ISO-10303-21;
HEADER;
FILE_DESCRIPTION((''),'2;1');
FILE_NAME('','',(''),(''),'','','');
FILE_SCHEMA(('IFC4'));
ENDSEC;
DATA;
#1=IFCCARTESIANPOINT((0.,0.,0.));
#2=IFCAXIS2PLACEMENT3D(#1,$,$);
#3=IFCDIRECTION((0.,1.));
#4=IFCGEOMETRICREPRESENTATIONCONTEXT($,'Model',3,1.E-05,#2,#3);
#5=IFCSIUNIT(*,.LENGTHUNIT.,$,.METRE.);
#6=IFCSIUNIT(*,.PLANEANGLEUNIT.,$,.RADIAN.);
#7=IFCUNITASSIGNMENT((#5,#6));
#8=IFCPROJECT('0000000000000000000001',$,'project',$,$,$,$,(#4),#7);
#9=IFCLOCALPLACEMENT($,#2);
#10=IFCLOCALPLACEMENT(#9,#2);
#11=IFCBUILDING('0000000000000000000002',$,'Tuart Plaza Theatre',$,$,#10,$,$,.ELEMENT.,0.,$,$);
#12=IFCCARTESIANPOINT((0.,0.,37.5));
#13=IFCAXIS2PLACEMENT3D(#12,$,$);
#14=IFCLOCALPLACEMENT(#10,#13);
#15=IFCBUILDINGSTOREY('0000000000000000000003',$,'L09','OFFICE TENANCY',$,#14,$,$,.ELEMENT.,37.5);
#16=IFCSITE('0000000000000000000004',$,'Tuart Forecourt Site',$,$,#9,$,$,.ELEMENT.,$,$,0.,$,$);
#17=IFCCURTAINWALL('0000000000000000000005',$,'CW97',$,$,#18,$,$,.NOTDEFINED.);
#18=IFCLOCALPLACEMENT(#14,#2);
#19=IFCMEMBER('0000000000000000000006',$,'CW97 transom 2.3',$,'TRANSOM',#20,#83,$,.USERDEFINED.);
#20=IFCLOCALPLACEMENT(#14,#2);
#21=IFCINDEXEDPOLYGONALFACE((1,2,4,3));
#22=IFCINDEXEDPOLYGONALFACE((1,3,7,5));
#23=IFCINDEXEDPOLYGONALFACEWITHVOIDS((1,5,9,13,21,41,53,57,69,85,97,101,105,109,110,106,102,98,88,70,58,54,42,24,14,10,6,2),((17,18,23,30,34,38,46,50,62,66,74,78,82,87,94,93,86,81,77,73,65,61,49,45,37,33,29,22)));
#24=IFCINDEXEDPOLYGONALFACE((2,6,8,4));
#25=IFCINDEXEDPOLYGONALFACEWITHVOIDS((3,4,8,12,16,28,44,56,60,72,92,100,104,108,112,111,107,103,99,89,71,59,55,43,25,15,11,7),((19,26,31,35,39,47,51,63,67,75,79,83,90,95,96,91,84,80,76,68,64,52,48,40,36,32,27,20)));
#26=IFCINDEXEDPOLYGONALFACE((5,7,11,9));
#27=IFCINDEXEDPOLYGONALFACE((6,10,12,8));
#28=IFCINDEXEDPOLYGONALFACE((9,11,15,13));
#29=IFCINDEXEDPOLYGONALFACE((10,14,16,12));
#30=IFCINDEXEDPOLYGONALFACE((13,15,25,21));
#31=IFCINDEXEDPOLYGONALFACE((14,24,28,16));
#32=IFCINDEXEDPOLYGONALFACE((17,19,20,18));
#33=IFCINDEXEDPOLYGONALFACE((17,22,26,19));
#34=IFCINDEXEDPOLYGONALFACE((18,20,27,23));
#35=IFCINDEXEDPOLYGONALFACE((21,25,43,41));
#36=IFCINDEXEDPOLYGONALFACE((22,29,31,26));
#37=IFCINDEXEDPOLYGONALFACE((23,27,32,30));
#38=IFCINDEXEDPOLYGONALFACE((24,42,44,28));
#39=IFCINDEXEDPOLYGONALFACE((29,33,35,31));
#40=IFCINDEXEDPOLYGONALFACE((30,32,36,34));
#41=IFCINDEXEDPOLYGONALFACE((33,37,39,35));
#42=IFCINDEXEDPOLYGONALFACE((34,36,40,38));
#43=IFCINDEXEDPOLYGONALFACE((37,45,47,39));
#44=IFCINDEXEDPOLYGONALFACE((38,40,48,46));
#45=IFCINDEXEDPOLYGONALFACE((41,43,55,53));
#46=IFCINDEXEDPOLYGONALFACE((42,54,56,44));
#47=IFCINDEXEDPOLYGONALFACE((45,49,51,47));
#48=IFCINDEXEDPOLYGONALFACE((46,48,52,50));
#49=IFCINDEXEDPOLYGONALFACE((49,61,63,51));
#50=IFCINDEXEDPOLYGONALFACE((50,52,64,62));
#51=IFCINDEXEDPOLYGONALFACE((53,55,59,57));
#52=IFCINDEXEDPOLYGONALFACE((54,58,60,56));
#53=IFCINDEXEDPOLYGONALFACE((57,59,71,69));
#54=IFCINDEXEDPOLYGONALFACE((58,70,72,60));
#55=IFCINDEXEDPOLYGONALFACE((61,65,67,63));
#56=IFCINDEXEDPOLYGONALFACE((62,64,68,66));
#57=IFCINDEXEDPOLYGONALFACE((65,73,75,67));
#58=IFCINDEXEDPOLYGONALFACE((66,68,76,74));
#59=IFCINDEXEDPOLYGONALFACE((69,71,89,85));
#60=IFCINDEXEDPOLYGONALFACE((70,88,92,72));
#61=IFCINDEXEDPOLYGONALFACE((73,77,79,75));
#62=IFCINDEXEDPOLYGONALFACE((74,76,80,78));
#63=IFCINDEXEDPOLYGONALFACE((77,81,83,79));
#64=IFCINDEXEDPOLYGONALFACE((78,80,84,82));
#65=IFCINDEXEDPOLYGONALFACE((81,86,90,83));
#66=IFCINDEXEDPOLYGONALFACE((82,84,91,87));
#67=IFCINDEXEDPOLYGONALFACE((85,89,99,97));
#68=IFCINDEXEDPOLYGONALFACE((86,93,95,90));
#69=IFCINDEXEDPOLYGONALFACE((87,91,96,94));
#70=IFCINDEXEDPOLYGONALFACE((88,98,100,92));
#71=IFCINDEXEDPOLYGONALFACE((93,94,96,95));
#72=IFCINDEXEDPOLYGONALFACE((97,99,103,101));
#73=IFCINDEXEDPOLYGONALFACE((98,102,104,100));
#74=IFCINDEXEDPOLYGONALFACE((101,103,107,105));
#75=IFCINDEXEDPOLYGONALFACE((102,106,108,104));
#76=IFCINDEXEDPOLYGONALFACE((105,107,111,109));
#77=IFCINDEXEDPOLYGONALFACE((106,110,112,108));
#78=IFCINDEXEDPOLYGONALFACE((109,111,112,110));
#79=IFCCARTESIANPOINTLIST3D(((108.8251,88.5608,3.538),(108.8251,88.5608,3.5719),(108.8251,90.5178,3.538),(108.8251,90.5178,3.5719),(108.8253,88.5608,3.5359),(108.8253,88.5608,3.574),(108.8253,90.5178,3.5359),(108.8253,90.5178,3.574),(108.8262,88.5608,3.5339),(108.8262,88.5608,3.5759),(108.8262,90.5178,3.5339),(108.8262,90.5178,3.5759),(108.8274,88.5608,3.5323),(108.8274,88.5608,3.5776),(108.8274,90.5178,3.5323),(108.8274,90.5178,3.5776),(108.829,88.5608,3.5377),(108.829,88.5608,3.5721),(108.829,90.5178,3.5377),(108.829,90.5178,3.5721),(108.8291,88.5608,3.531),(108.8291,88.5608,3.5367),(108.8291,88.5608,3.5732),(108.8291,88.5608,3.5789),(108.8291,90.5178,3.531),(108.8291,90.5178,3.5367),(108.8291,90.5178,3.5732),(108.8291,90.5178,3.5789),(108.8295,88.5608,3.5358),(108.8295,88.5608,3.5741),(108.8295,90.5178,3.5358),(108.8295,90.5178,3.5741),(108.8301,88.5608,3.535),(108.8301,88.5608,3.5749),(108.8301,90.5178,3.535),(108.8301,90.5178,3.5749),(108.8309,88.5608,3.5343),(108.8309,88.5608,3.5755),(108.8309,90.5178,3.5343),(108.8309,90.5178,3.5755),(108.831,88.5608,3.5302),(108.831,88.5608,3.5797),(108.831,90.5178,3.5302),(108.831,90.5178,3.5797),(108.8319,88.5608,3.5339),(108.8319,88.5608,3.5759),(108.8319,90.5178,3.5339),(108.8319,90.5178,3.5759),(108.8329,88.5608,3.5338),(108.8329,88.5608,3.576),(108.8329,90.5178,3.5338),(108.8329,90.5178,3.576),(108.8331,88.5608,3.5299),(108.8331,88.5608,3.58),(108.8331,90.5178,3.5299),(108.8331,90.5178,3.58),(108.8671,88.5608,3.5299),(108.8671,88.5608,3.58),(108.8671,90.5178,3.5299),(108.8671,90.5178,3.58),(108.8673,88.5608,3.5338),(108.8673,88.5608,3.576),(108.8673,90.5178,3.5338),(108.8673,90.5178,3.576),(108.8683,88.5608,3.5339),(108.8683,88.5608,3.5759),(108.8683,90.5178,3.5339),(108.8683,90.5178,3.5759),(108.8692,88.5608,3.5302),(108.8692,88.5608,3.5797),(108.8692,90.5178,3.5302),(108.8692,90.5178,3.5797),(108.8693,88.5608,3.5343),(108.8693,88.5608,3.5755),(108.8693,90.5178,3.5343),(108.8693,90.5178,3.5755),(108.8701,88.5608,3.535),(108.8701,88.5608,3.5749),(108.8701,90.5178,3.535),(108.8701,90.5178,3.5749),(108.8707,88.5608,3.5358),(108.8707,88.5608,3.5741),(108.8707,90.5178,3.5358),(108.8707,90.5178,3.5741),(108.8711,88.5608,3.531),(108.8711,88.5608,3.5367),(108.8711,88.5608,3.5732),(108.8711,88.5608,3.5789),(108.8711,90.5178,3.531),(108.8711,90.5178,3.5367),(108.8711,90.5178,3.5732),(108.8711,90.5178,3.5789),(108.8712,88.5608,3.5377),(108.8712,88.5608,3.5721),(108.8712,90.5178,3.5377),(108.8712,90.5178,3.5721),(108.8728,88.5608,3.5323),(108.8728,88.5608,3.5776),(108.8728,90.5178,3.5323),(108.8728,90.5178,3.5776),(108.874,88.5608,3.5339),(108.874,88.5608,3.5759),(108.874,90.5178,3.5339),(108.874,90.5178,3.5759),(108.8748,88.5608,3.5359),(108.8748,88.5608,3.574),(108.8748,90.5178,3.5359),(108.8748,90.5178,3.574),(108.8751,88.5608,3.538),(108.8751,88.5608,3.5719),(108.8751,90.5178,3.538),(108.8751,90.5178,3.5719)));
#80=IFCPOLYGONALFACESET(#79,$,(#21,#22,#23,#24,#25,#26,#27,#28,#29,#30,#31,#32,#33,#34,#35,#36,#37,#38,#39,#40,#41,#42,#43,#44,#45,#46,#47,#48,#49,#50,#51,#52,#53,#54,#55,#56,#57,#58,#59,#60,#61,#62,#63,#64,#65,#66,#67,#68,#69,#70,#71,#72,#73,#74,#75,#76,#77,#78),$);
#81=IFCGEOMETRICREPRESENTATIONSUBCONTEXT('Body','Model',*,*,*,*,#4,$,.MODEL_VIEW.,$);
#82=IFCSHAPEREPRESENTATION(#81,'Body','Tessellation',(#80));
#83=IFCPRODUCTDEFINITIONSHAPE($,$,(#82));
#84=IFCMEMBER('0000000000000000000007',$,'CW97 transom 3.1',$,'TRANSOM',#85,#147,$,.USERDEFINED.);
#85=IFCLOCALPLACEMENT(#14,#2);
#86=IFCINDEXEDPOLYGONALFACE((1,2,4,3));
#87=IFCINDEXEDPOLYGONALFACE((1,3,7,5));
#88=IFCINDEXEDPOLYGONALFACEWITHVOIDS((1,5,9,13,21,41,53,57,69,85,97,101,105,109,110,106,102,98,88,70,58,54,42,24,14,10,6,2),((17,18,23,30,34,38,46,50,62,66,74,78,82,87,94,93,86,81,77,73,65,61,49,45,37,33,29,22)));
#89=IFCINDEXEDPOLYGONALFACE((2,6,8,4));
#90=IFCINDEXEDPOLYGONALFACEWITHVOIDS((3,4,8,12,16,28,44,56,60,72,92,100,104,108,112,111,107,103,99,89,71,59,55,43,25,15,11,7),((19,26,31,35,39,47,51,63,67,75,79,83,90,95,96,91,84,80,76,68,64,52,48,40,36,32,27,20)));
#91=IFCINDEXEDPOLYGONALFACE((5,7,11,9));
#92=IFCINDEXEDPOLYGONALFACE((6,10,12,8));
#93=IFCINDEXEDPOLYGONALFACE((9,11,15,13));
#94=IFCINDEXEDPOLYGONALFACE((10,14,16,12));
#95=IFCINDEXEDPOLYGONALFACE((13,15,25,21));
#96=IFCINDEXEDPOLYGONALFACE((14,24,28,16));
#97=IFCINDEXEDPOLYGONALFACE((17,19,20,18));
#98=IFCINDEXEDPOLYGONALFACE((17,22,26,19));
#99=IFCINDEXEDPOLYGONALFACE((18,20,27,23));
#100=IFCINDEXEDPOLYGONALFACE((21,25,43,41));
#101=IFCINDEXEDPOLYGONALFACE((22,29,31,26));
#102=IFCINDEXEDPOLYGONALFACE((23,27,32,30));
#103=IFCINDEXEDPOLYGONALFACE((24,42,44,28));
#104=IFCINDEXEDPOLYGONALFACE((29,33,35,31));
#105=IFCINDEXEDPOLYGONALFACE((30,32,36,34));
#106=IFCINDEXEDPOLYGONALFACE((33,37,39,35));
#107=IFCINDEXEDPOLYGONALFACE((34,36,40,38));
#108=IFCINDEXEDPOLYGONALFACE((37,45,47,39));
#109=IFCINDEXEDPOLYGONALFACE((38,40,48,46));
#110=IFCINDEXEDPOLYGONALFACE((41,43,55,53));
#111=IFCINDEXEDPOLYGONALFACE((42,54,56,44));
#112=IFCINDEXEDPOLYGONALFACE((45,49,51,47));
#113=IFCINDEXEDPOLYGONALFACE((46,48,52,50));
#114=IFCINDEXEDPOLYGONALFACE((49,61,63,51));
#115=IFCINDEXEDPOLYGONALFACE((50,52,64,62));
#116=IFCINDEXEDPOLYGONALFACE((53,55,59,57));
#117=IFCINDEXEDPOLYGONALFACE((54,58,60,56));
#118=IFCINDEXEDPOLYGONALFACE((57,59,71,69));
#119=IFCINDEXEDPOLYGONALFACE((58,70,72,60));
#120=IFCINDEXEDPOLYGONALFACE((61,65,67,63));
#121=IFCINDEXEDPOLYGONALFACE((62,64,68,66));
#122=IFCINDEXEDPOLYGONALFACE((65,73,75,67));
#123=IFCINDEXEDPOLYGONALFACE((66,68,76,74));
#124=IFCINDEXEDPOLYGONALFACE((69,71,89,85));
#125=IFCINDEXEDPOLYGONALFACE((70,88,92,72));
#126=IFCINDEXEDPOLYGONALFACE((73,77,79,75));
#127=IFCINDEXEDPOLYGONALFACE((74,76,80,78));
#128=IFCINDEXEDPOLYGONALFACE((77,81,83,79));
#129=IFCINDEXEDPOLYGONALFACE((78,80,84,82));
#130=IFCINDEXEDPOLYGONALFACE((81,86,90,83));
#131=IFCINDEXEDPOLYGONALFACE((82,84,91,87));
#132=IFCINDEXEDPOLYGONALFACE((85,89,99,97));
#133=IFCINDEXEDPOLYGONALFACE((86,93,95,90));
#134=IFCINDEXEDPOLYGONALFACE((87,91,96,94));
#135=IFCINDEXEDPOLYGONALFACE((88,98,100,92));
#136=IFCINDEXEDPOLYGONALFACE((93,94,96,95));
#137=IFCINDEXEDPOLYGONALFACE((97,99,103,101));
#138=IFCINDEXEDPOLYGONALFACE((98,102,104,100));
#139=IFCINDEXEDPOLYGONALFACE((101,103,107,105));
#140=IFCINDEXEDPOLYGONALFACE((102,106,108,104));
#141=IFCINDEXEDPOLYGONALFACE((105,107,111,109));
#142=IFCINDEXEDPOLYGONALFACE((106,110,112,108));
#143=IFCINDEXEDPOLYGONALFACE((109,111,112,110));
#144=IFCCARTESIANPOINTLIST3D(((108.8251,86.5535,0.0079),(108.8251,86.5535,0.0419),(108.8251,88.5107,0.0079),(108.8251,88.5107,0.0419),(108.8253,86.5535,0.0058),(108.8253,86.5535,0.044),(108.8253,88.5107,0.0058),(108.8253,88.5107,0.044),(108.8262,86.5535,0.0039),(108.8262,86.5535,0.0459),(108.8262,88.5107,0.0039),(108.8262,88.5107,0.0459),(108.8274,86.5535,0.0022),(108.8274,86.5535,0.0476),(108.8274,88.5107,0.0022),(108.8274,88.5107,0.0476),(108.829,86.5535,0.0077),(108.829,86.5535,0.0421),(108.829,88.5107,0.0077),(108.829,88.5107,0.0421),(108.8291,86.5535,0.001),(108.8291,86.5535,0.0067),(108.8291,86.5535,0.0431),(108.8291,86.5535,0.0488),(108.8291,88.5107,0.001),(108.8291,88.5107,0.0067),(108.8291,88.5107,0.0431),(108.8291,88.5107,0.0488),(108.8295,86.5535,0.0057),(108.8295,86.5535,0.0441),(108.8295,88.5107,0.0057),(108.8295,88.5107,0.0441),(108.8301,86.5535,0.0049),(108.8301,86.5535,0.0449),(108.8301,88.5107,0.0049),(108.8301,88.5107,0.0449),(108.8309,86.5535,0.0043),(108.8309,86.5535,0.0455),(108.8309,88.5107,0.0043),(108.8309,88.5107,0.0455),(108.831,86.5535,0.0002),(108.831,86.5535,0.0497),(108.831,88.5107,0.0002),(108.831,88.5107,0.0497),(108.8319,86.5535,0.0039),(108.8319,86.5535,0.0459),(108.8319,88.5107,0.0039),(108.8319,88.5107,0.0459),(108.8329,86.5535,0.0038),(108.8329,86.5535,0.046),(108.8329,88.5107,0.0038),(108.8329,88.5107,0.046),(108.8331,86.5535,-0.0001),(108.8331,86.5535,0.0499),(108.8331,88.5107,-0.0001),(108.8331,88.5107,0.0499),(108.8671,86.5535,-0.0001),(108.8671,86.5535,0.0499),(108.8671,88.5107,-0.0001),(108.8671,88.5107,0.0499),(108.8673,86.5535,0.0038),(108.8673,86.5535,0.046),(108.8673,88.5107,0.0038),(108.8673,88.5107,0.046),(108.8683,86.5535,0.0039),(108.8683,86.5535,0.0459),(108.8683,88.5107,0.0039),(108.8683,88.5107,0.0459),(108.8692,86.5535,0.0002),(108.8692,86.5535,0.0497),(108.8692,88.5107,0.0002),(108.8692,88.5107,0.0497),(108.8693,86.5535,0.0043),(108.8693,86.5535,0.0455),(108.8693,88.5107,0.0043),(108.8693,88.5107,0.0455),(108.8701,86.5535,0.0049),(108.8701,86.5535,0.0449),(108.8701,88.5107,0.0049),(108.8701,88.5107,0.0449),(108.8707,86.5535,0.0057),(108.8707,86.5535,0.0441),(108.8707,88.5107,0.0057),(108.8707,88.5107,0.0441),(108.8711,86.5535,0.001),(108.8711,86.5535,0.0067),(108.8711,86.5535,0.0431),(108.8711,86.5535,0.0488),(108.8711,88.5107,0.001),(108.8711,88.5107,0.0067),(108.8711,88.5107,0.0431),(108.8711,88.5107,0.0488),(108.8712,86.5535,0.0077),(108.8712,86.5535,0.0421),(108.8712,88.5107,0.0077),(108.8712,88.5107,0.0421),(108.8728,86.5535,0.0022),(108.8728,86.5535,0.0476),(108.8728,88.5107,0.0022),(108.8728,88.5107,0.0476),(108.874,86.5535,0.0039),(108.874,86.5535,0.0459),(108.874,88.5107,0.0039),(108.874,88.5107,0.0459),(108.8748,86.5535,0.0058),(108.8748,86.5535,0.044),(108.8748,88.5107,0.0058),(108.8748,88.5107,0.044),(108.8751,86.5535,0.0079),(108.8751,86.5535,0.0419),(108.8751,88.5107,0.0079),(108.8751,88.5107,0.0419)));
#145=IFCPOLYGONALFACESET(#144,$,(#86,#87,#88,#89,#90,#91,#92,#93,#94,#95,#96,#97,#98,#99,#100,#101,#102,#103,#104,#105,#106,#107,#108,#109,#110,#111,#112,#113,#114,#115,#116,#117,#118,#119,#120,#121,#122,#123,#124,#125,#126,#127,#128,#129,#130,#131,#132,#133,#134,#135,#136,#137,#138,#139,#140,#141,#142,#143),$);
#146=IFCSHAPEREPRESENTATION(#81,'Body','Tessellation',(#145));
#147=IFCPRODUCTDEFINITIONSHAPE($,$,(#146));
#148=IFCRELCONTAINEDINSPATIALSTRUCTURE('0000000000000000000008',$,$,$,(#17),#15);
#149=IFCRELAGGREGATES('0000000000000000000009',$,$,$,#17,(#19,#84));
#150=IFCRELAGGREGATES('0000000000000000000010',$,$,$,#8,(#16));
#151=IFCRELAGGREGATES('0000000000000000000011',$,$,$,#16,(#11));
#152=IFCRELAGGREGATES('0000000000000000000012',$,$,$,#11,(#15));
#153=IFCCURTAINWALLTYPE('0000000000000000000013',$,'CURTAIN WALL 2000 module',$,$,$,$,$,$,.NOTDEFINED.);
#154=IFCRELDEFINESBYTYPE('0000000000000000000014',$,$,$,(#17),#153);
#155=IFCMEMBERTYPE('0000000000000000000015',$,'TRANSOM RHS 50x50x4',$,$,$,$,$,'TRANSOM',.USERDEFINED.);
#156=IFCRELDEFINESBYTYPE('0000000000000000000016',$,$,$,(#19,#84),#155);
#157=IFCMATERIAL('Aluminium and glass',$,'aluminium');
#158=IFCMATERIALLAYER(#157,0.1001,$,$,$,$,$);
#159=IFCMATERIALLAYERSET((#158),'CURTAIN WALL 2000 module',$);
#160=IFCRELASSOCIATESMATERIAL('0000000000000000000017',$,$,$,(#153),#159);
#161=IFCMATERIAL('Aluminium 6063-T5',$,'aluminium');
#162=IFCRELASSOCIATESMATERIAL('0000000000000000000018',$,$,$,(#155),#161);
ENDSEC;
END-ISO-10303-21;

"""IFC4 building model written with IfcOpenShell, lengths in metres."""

from ifc_helpers import new_model, si_unit, direction, frame, origin, origin_2d, place, context, subcontext, project, spatial, hollow_rectangle, extrude, material, layer, layer_set, material_profile, profile_set, type_object, element, aggregate, save


model = new_model("IFC4")

# Units and contexts
model_context = context("Model", 3, precision=1e-05, world=origin(), true_north=direction((0.0, 1.0)))
body_context = subcontext(model_context, "Body", "Model", "MODEL_VIEW")
ifc_project = project(units=[si_unit("LENGTHUNIT", "METRE"), si_unit("PLANEANGLEUNIT", "RADIAN")], contexts=[model_context])

# Site, building, storey
site_placement = place(None, origin())
site = spatial("IfcSite", under=ifc_project, at=site_placement, Name="Tuart Forecourt Site", CompositionType="ELEMENT", RefElevation=0.0)
building_placement = place(site_placement, origin())
building = spatial("IfcBuilding", under=site, at=building_placement, Name="Tuart Plaza Theatre", CompositionType="ELEMENT", ElevationOfRefHeight=0.0)
storey_placement = place(building_placement, frame((0.0, 0.0, 37.5)))
storey = spatial("IfcBuildingStorey", under=building, at=storey_placement, Name="L09", Description="OFFICE TENANCY", CompositionType="ELEMENT", Elevation=37.5)

# Curtain wall, members
ifc_material_1 = material(Name="Aluminium and glass", Category="aluminium")
ifc_layer_1 = layer(ifc_material_1, 0.1001)
ifc_layer_set_1 = layer_set([ifc_layer_1], Name="CURTAIN WALL 2000 module")
curtain_wall_type = type_object("IfcCurtainWallType", Name="CURTAIN WALL 2000 module", PredefinedType="NOTDEFINED", material=ifc_layer_set_1)
curtain_wall_placement = place(storey_placement, origin())
curtain_wall = element("IfcCurtainWall", 1, at=curtain_wall_placement, inside=storey, type_object=curtain_wall_type, Name="CW97", PredefinedType="NOTDEFINED")
ifc_material_2 = material(Name="Aluminium 6063-T5", Category="aluminium")
ifc_material_profile_1 = material_profile(ifc_material_2, hollow_rectangle(XDim=0.05, YDim=0.05, WallThickness=0.0039, InnerFilletRadius=0.0039, OuterFilletRadius=0.0081, at=origin_2d()), Name="RHS 50x50x4")
ifc_profile_set_1 = profile_set([ifc_material_profile_1], Name="Aluminium 6063-T5")
member_type_1 = type_object("IfcMemberType", Name="TRANSOM RHS 50x50x4", ElementType="TRANSOM", PredefinedType="USERDEFINED", material=ifc_profile_set_1)
member_1_placement = place(storey_placement, frame((108.8501, 90.5178, 3.5549), z_axis=(0.0, -1.0, 0.0), x_axis=(1.0, 0.0, 0.0)))
member_1 = element("IfcMember", 2, at=member_1_placement, type_object=member_type_1, Name="CW97 transom 2.3", ObjectType="TRANSOM", PredefinedType="USERDEFINED", context=body_context, shape_type="SweptSolid", body=[
    extrude(hollow_rectangle(XDim=0.05, YDim=0.05, WallThickness=0.0039, InnerFilletRadius=0.0039, OuterFilletRadius=0.0081, at=origin_2d()), origin(), (0.0, 0.0, 1.0), 1.957),
])
member_2_placement = place(storey_placement, frame((108.8501, 88.5107, 0.0249), z_axis=(0.0, -1.0, 0.0), x_axis=(1.0, 0.0, 0.0)))
member_2 = element("IfcMember", 3, at=member_2_placement, type_object=member_type_1, Name="CW97 transom 3.1", ObjectType="TRANSOM", PredefinedType="USERDEFINED", context=body_context, shape_type="SweptSolid", body=[
    extrude(hollow_rectangle(XDim=0.05, YDim=0.05, WallThickness=0.0039, InnerFilletRadius=0.0039, OuterFilletRadius=0.0081, at=origin_2d()), origin(), (0.0, 0.0, 1.0), 1.9573),
])
aggregate(curtain_wall, [member_1, member_2])

save(model, "model.ifc")
